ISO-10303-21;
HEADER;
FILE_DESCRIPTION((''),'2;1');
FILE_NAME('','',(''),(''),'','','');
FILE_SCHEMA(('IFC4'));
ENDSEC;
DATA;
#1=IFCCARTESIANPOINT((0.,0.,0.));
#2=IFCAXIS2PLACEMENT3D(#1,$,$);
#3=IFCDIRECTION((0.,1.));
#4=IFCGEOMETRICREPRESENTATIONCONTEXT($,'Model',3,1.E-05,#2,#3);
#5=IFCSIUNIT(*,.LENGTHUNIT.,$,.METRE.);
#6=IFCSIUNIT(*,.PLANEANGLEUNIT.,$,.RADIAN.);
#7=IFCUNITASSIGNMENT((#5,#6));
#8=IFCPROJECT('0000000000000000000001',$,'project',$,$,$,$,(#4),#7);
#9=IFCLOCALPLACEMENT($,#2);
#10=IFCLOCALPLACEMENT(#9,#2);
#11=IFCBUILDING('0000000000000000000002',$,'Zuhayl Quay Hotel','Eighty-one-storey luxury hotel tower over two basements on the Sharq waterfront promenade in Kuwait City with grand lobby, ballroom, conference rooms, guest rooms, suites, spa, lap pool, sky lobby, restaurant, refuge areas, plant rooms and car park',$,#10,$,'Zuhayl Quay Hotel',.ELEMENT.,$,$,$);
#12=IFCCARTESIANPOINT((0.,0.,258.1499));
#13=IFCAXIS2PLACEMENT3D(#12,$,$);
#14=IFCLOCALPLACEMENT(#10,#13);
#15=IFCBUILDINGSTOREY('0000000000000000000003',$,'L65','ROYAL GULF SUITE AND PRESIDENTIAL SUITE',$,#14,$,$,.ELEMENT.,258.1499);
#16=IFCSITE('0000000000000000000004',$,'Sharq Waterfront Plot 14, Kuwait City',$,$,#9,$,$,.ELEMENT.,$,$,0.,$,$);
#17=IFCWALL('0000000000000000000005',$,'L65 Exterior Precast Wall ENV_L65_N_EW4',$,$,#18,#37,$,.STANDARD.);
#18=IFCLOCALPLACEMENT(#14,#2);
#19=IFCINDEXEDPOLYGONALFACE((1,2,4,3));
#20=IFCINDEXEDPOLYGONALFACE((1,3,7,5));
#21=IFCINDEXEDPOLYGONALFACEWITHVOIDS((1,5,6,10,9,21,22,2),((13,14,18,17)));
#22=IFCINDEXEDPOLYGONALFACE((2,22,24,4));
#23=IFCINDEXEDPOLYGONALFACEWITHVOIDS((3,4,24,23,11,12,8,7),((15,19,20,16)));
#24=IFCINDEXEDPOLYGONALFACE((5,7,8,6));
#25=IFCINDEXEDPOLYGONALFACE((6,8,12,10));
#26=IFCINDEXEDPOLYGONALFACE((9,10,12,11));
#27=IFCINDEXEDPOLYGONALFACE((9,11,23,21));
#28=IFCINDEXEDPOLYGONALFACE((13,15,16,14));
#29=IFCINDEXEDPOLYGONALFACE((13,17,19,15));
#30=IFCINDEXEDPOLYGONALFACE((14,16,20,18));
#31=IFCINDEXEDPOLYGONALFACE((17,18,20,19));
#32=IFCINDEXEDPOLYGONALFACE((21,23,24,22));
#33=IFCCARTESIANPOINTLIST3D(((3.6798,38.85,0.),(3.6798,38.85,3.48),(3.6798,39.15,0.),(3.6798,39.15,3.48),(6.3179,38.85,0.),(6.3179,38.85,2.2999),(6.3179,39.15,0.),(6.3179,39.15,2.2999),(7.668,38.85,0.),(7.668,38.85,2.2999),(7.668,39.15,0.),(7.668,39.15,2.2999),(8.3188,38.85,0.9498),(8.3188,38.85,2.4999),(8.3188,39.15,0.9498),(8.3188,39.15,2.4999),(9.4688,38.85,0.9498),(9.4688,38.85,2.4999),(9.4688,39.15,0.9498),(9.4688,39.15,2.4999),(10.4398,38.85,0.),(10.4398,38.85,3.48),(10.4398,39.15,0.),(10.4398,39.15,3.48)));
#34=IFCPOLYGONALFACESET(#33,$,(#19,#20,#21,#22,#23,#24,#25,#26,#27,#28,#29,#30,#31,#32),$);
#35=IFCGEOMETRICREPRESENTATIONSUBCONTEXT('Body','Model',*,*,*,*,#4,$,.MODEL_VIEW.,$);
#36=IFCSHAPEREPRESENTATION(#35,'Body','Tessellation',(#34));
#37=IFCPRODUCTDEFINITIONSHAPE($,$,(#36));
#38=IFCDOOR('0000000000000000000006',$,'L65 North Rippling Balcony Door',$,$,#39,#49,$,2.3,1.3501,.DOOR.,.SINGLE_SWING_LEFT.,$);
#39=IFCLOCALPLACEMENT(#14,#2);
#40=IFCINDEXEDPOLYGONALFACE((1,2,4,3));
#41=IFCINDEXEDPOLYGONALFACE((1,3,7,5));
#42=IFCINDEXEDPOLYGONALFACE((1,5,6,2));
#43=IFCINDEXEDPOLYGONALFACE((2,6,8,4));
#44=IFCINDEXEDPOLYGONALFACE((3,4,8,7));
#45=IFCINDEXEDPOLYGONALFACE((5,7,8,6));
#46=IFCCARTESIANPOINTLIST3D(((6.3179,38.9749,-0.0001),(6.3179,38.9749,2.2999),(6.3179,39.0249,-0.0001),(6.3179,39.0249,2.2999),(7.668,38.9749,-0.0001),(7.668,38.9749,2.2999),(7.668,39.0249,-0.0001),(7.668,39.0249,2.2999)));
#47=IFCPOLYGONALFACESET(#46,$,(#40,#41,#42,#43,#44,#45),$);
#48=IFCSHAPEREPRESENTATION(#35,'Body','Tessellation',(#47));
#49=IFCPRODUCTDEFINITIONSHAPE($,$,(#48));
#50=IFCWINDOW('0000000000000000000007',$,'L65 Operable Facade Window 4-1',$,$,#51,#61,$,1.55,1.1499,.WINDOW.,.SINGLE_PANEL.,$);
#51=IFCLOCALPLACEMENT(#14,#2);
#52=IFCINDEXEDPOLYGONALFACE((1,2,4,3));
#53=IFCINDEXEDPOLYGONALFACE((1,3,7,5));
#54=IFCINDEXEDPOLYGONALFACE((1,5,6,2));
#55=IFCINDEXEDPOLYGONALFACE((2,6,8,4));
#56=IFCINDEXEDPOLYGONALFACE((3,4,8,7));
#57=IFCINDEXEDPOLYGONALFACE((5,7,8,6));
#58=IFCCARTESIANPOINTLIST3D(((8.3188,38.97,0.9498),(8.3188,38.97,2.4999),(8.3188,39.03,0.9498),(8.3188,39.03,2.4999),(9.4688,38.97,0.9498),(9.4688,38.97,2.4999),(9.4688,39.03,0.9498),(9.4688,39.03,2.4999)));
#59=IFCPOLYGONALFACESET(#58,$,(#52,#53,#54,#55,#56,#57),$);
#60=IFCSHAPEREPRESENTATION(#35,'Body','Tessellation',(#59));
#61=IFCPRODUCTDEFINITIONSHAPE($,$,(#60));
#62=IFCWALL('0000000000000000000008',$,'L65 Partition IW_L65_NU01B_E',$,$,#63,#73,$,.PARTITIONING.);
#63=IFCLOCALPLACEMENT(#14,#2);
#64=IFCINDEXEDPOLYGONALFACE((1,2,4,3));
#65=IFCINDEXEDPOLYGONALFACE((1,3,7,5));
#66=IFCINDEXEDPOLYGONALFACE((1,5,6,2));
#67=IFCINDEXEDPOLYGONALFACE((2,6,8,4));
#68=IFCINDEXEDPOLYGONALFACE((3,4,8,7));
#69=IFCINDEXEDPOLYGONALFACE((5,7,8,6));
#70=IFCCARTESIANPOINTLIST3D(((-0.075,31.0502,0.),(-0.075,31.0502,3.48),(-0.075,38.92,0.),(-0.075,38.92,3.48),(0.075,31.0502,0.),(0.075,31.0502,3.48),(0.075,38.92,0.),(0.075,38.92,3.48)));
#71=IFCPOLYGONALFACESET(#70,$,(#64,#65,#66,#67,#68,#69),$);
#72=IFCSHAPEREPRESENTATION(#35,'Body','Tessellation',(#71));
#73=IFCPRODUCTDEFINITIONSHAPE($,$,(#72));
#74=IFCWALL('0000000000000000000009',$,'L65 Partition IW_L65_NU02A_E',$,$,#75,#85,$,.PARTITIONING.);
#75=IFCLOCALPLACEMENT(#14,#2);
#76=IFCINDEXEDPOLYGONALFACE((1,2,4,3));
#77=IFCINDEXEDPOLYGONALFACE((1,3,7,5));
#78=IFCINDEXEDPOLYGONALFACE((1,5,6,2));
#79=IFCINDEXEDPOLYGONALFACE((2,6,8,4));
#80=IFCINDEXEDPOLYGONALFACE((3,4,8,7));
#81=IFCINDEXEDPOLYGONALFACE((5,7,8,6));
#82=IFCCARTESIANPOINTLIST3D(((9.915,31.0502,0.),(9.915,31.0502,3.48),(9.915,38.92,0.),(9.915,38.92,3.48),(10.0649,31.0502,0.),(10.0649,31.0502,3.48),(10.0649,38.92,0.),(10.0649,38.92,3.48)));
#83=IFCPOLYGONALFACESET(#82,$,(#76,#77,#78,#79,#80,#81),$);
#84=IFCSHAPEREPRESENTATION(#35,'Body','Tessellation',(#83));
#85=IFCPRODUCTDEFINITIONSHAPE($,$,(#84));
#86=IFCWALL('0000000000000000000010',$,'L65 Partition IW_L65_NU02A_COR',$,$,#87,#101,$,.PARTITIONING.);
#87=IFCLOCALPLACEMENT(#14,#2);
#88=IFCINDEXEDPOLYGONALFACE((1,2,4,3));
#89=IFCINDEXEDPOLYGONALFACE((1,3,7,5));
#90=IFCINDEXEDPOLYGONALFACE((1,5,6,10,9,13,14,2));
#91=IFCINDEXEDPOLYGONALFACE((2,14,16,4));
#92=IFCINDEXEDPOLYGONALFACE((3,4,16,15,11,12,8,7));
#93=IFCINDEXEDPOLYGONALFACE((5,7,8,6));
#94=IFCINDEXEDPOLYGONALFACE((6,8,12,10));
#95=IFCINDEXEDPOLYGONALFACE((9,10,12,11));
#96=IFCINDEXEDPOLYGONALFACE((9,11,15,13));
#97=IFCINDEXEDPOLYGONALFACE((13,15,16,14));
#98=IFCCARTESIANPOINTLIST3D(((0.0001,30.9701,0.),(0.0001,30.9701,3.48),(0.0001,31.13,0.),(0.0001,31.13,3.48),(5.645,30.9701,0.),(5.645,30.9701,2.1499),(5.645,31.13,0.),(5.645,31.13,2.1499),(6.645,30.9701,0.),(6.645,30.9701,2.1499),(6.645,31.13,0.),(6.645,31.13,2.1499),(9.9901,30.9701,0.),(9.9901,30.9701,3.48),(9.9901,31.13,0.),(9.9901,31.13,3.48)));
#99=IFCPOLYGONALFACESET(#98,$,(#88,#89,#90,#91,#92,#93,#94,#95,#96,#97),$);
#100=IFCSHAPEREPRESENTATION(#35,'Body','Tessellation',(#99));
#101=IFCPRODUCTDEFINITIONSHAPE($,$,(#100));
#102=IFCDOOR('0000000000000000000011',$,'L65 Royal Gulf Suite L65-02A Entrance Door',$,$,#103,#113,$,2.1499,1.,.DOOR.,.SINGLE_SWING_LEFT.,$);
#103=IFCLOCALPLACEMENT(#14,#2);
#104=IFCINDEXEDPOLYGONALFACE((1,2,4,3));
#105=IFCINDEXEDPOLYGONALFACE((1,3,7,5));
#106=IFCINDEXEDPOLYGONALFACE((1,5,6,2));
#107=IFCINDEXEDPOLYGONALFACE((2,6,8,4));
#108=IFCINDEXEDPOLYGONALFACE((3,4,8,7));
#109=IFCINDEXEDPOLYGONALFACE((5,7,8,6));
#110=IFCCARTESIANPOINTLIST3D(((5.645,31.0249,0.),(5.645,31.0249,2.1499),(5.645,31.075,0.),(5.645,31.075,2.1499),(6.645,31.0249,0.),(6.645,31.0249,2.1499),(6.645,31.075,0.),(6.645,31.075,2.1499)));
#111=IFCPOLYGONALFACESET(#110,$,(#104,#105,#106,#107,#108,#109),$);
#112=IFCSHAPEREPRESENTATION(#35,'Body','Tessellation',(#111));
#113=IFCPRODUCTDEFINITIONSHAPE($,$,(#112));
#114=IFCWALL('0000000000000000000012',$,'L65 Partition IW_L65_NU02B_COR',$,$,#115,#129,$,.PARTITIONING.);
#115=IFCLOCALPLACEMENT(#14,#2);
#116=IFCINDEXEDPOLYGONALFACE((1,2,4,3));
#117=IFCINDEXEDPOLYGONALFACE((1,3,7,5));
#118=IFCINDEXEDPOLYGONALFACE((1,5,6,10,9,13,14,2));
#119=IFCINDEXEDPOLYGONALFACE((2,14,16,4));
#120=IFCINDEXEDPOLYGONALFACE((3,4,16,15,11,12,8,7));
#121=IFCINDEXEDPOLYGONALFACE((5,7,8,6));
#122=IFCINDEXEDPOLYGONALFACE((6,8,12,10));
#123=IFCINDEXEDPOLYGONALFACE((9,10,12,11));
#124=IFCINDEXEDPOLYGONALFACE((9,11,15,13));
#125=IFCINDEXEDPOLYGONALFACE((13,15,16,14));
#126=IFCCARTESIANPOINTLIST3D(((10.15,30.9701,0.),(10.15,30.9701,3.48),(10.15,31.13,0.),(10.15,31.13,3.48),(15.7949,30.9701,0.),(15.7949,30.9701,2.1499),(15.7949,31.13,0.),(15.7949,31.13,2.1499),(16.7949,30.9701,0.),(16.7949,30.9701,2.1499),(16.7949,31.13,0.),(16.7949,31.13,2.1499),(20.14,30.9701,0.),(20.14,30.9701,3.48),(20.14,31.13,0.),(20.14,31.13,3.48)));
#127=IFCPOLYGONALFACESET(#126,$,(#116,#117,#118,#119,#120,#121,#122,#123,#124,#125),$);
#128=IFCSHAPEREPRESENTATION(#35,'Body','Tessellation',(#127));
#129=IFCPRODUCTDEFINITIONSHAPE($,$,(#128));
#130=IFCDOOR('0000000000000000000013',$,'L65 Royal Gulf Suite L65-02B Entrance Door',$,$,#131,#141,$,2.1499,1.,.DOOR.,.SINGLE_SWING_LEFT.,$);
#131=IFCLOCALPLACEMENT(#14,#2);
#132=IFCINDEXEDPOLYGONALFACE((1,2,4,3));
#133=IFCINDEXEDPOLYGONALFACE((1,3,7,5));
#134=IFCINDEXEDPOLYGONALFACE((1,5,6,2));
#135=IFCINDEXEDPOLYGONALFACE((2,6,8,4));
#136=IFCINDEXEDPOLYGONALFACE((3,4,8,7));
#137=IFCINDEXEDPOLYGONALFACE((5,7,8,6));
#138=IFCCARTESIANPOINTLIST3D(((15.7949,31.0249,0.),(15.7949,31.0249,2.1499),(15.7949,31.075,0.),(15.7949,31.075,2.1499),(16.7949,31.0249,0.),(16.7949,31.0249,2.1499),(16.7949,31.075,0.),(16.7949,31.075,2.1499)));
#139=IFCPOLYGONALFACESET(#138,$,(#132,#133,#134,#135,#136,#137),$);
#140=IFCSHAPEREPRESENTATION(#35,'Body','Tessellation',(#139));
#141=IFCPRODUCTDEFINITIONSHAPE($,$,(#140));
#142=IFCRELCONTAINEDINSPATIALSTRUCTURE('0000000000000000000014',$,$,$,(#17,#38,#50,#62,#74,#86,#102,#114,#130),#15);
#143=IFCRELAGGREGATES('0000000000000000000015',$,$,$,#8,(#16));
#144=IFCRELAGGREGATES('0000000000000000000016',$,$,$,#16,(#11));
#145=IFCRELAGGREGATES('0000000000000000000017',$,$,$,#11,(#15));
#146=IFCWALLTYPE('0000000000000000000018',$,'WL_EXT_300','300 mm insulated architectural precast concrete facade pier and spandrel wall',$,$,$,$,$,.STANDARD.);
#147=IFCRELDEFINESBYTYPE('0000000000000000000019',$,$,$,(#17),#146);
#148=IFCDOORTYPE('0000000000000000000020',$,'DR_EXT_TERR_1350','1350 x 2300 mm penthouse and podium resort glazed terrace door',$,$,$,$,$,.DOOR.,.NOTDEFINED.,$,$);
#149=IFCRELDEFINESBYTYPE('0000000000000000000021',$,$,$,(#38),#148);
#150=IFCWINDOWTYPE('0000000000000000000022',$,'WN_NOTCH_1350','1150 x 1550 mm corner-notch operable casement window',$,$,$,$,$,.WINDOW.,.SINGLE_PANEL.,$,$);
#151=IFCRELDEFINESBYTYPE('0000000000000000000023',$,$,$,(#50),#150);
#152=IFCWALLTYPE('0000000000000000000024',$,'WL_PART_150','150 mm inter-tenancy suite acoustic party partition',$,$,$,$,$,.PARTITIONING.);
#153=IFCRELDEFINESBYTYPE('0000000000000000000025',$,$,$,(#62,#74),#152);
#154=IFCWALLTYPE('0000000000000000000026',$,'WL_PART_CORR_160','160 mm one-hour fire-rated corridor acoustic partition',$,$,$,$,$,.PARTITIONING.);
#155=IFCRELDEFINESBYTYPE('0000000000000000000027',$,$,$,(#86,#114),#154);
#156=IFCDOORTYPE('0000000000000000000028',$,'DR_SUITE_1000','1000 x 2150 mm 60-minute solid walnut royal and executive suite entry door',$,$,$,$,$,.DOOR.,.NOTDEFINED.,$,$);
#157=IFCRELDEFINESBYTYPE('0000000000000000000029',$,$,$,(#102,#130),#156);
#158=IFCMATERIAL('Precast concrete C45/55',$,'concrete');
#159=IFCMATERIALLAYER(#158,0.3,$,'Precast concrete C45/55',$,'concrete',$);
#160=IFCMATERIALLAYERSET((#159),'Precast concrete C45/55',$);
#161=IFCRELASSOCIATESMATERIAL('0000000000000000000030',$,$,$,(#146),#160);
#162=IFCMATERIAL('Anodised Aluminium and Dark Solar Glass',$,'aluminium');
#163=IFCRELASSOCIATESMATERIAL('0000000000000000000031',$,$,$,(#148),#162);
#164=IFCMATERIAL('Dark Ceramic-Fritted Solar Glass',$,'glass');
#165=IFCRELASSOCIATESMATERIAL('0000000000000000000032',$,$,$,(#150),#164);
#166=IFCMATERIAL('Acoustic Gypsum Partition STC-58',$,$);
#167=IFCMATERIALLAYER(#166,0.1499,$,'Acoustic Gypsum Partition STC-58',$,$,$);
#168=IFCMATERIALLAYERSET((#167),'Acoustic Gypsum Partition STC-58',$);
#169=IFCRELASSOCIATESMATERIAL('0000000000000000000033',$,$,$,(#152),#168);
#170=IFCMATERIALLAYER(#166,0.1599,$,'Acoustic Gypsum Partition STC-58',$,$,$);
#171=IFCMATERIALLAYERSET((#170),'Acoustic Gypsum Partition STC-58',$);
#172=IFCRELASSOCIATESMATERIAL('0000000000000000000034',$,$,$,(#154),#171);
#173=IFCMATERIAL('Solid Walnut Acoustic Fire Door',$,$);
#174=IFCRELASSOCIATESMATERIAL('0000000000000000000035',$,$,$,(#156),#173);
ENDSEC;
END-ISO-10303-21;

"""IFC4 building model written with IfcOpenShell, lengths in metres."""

from ifc_helpers import new_model, si_unit, direction, frame, frame_2d, origin, place, context, subcontext, project, spatial, rectangle, extrude, material, layer, layer_set, type_object, element, fill, save


model = new_model("IFC4")

# Units and contexts
model_context = context("Model", 3, precision=1e-05, world=origin(), true_north=direction((0.0, 1.0)))
body_context = subcontext(model_context, "Body", "Model", "MODEL_VIEW")
ifc_project = project(units=[si_unit("LENGTHUNIT", "METRE"), si_unit("PLANEANGLEUNIT", "RADIAN")], contexts=[model_context])

# Site, building, storey
site_placement = place(None, origin())
site = spatial("IfcSite", under=ifc_project, at=site_placement, Name="Sharq Waterfront Plot 14, Kuwait City", CompositionType="ELEMENT", RefElevation=0.0)
building_placement = place(site_placement, origin())
building = spatial("IfcBuilding", under=site, at=building_placement, Name="Zuhayl Quay Hotel", Description="Eighty-one-storey luxury hotel tower over two basements on the Sharq waterfront promenade in Kuwait City with grand lobby, ballroom, conference rooms, guest rooms, suites, spa, lap pool, sky lobby, restaurant, refuge areas, plant rooms and car park", LongName="Zuhayl Quay Hotel", CompositionType="ELEMENT")
storey_placement = place(building_placement, frame((0.0, 0.0, 258.1499)))
storey = spatial("IfcBuildingStorey", under=building, at=storey_placement, Name="L65", Description="ROYAL GULF SUITE AND PRESIDENTIAL SUITE", CompositionType="ELEMENT", Elevation=258.1499)

# Shared definitions
ifc_material_1 = material(Name="Dark Ceramic-Fritted Solar Glass", Category="glass")

# Wall, openings, door, window
ifc_material_2 = material(Name="Precast concrete C45/55", Category="concrete")
ifc_layer_1 = layer(ifc_material_2, 0.3, Name="Precast concrete C45/55", Category="concrete")
ifc_layer_set_1 = layer_set([ifc_layer_1], Name="Precast concrete C45/55")
wall_type_1 = type_object("IfcWallType", Name="WL_EXT_300", Description="300 mm insulated architectural precast concrete facade pier and spandrel wall", PredefinedType="STANDARD", material=ifc_layer_set_1)
wall_1_placement = place(storey_placement, frame((3.6799, 39.0, 0.0), z_axis=(0.0, 0.0, 1.0), x_axis=(1.0, 0.0, 0.0)))
wall_1 = element("IfcWall", 1, at=wall_1_placement, inside=storey, type_object=wall_type_1, Name="L65 Exterior Precast Wall ENV_L65_N_EW4", PredefinedType="STANDARD", context=body_context, shape_type="SweptSolid", body=[
    extrude(rectangle(XDim=6.76, YDim=0.3, at=frame_2d((3.3799, 0.0))), origin(), (0.0, 0.0, 1.0), 3.48),
])
opening_1_placement = place(wall_1_placement, frame((2.6379, 0.0, 0.0)))
opening_1 = element("IfcOpeningElement", 2, at=opening_1_placement, cuts=wall_1, PredefinedType="OPENING", context=body_context, shape_type="SweptSolid", body=[
    extrude(rectangle(XDim=1.3501, YDim=2.3, at=frame_2d((0.675, 1.1499))), frame((0.0, 0.1599, 0.0), z_axis=(0.0, -1.0, 0.0), x_axis=(1.0, 0.0, 0.0)), (0.0, 0.0, 1.0), 0.3201),
])
opening_2_placement = place(wall_1_placement, frame((4.6389, 0.0, 0.95)))
opening_2 = element("IfcOpeningElement", 3, at=opening_2_placement, cuts=wall_1, PredefinedType="OPENING", context=body_context, shape_type="SweptSolid", body=[
    extrude(rectangle(XDim=1.1499, YDim=1.55, at=frame_2d((0.575, 0.7749))), frame((0.0, 0.1599, 0.0), z_axis=(0.0, -1.0, 0.0), x_axis=(1.0, 0.0, 0.0)), (0.0, 0.0, 1.0), 0.3201),
])
ifc_material_3 = material(Name="Anodised Aluminium and Dark Solar Glass", Category="aluminium")
door_type_1 = type_object("IfcDoorType", Name="DR_EXT_TERR_1350", Description="1350 x 2300 mm penthouse and podium resort glazed terrace door", OperationType="NOTDEFINED", PredefinedType="DOOR", material=ifc_material_3)
door_1_placement = place(opening_1_placement, origin())
door_1 = element("IfcDoor", 4, at=door_1_placement, inside=storey, type_object=door_type_1, Name="L65 North Rippling Balcony Door", OperationType="SINGLE_SWING_LEFT", OverallHeight=2.3, OverallWidth=1.3501, PredefinedType="DOOR", context=body_context, shape_type="SweptSolid", body=[
    extrude(rectangle(XDim=1.3501, YDim=2.3, at=frame_2d((0.675, 1.1499))), frame((0.0, 0.0249, 0.0), z_axis=(0.0, -1.0, 0.0), x_axis=(1.0, 0.0, 0.0)), (0.0, 0.0, 1.0), 0.05),
])
fill(opening_1, door_1)
window_type = type_object("IfcWindowType", Name="WN_NOTCH_1350", Description="1150 x 1550 mm corner-notch operable casement window", PartitioningType="SINGLE_PANEL", PredefinedType="WINDOW", material=ifc_material_1)
window_placement = place(opening_2_placement, origin())
window = element("IfcWindow", 5, at=window_placement, inside=storey, type_object=window_type, Name="L65 Operable Facade Window 4-1", OverallHeight=1.55, OverallWidth=1.1499, PartitioningType="SINGLE_PANEL", PredefinedType="WINDOW", context=body_context, shape_type="SweptSolid", body=[
    extrude(rectangle(XDim=1.1499, YDim=1.55, at=frame_2d((0.575, 0.7749))), frame((0.0, 0.03, 0.0), z_axis=(0.0, -1.0, 0.0), x_axis=(1.0, 0.0, 0.0)), (0.0, 0.0, 1.0), 0.0601),
])
fill(opening_2, window)

# Walls
ifc_material_4 = material(Name="Acoustic Gypsum Partition STC-58")
ifc_layer_2 = layer(ifc_material_4, 0.1499, Name="Acoustic Gypsum Partition STC-58")
ifc_layer_set_2 = layer_set([ifc_layer_2], Name="Acoustic Gypsum Partition STC-58")
wall_type_2 = type_object("IfcWallType", Name="WL_PART_150", Description="150 mm inter-tenancy suite acoustic party partition", PredefinedType="PARTITIONING", material=ifc_layer_set_2)
for number, where, z_axis, x_axis, name in (
    (6, (0.0, 31.05, 0.0), (0.0, 0.0, 1.0), (0.0, 1.0, 0.0), "L65 Partition IW_L65_NU01B_E"),
    (7, (9.99, 31.05, 0.0), (0.0, 0.0, 1.0), (0.0, 1.0, 0.0), "L65 Partition IW_L65_NU02A_E"),
):
    element("IfcWall", number, at=place(storey_placement, frame(where, z_axis=z_axis, x_axis=x_axis)), inside=storey, type_object=wall_type_2, Name=name, PredefinedType="PARTITIONING", context=body_context, shape_type="SweptSolid", body=[
        extrude(rectangle(XDim=7.8699, YDim=0.1499, at=frame_2d((3.9351, 0.0))), origin(), (0.0, 0.0, 1.0), 3.48),
    ])

# Walls, openings, doors
ifc_layer_3 = layer(ifc_material_4, 0.1599, Name="Acoustic Gypsum Partition STC-58")
ifc_layer_set_3 = layer_set([ifc_layer_3], Name="Acoustic Gypsum Partition STC-58")
wall_type_3 = type_object("IfcWallType", Name="WL_PART_CORR_160", Description="160 mm one-hour fire-rated corridor acoustic partition", PredefinedType="PARTITIONING", material=ifc_layer_set_3)
wall_2_placement = place(storey_placement, frame((0.0, 31.05, 0.0), z_axis=(0.0, 0.0, 1.0), x_axis=(1.0, 0.0, 0.0)))
wall_2 = element("IfcWall", 8, at=wall_2_placement, inside=storey, type_object=wall_type_3, Name="L65 Partition IW_L65_NU02A_COR", PredefinedType="PARTITIONING", context=body_context, shape_type="SweptSolid", body=[
    extrude(rectangle(XDim=9.99, YDim=0.1599, at=frame_2d((4.9951, 0.0))), origin(), (0.0, 0.0, 1.0), 3.48),
])
opening_3_placement = place(wall_2_placement, frame((5.645, 0.0, 0.0)))
opening_3 = element("IfcOpeningElement", 9, at=opening_3_placement, cuts=wall_2, PredefinedType="OPENING", context=body_context, shape_type="SweptSolid", body=[
    extrude(rectangle(XDim=1.0, YDim=2.1499, at=frame_2d((0.5, 1.075))), frame((0.0, 0.0898, 0.0), z_axis=(0.0, -1.0, 0.0), x_axis=(1.0, 0.0, 0.0)), (0.0, 0.0, 1.0), 0.1799),
])
ifc_material_5 = material(Name="Solid Walnut Acoustic Fire Door")
door_type_2 = type_object("IfcDoorType", Name="DR_SUITE_1000", Description="1000 x 2150 mm 60-minute solid walnut royal and executive suite entry door", OperationType="NOTDEFINED", PredefinedType="DOOR", material=ifc_material_5)
door_2_placement = place(opening_3_placement, origin())
door_2 = element("IfcDoor", 10, at=door_2_placement, inside=storey, type_object=door_type_2, Name="L65 Royal Gulf Suite L65-02A Entrance Door", OperationType="SINGLE_SWING_LEFT", OverallHeight=2.1499, OverallWidth=1.0, PredefinedType="DOOR", context=body_context, shape_type="SweptSolid", body=[
    extrude(rectangle(XDim=1.0, YDim=2.1499, at=frame_2d((0.5, 1.075))), frame((0.0, 0.0249, 0.0), z_axis=(0.0, -1.0, 0.0), x_axis=(1.0, 0.0, 0.0)), (0.0, 0.0, 1.0), 0.05),
])
fill(opening_3, door_2)
wall_3_placement = place(storey_placement, frame((10.1499, 31.05, 0.0), z_axis=(0.0, 0.0, 1.0), x_axis=(1.0, 0.0, 0.0)))
wall_3 = element("IfcWall", 11, at=wall_3_placement, inside=storey, type_object=wall_type_3, Name="L65 Partition IW_L65_NU02B_COR", PredefinedType="PARTITIONING", context=body_context, shape_type="SweptSolid", body=[
    extrude(rectangle(XDim=9.99, YDim=0.1599, at=frame_2d((4.9951, 0.0))), origin(), (0.0, 0.0, 1.0), 3.48),
])
opening_4_placement = place(wall_3_placement, frame((5.645, 0.0, 0.0)))
opening_4 = element("IfcOpeningElement", 12, at=opening_4_placement, cuts=wall_3, PredefinedType="OPENING", context=body_context, shape_type="SweptSolid", body=[
    extrude(rectangle(XDim=1.0, YDim=2.1499, at=frame_2d((0.5, 1.075))), frame((0.0, 0.0898, 0.0), z_axis=(0.0, -1.0, 0.0), x_axis=(1.0, 0.0, 0.0)), (0.0, 0.0, 1.0), 0.1799),
])
door_3_placement = place(opening_4_placement, origin())
door_3 = element("IfcDoor", 13, at=door_3_placement, inside=storey, type_object=door_type_2, Name="L65 Royal Gulf Suite L65-02B Entrance Door", OperationType="SINGLE_SWING_LEFT", OverallHeight=2.1499, OverallWidth=1.0, PredefinedType="DOOR", context=body_context, shape_type="SweptSolid", body=[
    extrude(rectangle(XDim=1.0, YDim=2.1499, at=frame_2d((0.5, 1.075))), frame((0.0, 0.0249, 0.0), z_axis=(0.0, -1.0, 0.0), x_axis=(1.0, 0.0, 0.0)), (0.0, 0.0, 1.0), 0.05),
])
fill(opening_4, door_3)

save(model, "model.ifc")
